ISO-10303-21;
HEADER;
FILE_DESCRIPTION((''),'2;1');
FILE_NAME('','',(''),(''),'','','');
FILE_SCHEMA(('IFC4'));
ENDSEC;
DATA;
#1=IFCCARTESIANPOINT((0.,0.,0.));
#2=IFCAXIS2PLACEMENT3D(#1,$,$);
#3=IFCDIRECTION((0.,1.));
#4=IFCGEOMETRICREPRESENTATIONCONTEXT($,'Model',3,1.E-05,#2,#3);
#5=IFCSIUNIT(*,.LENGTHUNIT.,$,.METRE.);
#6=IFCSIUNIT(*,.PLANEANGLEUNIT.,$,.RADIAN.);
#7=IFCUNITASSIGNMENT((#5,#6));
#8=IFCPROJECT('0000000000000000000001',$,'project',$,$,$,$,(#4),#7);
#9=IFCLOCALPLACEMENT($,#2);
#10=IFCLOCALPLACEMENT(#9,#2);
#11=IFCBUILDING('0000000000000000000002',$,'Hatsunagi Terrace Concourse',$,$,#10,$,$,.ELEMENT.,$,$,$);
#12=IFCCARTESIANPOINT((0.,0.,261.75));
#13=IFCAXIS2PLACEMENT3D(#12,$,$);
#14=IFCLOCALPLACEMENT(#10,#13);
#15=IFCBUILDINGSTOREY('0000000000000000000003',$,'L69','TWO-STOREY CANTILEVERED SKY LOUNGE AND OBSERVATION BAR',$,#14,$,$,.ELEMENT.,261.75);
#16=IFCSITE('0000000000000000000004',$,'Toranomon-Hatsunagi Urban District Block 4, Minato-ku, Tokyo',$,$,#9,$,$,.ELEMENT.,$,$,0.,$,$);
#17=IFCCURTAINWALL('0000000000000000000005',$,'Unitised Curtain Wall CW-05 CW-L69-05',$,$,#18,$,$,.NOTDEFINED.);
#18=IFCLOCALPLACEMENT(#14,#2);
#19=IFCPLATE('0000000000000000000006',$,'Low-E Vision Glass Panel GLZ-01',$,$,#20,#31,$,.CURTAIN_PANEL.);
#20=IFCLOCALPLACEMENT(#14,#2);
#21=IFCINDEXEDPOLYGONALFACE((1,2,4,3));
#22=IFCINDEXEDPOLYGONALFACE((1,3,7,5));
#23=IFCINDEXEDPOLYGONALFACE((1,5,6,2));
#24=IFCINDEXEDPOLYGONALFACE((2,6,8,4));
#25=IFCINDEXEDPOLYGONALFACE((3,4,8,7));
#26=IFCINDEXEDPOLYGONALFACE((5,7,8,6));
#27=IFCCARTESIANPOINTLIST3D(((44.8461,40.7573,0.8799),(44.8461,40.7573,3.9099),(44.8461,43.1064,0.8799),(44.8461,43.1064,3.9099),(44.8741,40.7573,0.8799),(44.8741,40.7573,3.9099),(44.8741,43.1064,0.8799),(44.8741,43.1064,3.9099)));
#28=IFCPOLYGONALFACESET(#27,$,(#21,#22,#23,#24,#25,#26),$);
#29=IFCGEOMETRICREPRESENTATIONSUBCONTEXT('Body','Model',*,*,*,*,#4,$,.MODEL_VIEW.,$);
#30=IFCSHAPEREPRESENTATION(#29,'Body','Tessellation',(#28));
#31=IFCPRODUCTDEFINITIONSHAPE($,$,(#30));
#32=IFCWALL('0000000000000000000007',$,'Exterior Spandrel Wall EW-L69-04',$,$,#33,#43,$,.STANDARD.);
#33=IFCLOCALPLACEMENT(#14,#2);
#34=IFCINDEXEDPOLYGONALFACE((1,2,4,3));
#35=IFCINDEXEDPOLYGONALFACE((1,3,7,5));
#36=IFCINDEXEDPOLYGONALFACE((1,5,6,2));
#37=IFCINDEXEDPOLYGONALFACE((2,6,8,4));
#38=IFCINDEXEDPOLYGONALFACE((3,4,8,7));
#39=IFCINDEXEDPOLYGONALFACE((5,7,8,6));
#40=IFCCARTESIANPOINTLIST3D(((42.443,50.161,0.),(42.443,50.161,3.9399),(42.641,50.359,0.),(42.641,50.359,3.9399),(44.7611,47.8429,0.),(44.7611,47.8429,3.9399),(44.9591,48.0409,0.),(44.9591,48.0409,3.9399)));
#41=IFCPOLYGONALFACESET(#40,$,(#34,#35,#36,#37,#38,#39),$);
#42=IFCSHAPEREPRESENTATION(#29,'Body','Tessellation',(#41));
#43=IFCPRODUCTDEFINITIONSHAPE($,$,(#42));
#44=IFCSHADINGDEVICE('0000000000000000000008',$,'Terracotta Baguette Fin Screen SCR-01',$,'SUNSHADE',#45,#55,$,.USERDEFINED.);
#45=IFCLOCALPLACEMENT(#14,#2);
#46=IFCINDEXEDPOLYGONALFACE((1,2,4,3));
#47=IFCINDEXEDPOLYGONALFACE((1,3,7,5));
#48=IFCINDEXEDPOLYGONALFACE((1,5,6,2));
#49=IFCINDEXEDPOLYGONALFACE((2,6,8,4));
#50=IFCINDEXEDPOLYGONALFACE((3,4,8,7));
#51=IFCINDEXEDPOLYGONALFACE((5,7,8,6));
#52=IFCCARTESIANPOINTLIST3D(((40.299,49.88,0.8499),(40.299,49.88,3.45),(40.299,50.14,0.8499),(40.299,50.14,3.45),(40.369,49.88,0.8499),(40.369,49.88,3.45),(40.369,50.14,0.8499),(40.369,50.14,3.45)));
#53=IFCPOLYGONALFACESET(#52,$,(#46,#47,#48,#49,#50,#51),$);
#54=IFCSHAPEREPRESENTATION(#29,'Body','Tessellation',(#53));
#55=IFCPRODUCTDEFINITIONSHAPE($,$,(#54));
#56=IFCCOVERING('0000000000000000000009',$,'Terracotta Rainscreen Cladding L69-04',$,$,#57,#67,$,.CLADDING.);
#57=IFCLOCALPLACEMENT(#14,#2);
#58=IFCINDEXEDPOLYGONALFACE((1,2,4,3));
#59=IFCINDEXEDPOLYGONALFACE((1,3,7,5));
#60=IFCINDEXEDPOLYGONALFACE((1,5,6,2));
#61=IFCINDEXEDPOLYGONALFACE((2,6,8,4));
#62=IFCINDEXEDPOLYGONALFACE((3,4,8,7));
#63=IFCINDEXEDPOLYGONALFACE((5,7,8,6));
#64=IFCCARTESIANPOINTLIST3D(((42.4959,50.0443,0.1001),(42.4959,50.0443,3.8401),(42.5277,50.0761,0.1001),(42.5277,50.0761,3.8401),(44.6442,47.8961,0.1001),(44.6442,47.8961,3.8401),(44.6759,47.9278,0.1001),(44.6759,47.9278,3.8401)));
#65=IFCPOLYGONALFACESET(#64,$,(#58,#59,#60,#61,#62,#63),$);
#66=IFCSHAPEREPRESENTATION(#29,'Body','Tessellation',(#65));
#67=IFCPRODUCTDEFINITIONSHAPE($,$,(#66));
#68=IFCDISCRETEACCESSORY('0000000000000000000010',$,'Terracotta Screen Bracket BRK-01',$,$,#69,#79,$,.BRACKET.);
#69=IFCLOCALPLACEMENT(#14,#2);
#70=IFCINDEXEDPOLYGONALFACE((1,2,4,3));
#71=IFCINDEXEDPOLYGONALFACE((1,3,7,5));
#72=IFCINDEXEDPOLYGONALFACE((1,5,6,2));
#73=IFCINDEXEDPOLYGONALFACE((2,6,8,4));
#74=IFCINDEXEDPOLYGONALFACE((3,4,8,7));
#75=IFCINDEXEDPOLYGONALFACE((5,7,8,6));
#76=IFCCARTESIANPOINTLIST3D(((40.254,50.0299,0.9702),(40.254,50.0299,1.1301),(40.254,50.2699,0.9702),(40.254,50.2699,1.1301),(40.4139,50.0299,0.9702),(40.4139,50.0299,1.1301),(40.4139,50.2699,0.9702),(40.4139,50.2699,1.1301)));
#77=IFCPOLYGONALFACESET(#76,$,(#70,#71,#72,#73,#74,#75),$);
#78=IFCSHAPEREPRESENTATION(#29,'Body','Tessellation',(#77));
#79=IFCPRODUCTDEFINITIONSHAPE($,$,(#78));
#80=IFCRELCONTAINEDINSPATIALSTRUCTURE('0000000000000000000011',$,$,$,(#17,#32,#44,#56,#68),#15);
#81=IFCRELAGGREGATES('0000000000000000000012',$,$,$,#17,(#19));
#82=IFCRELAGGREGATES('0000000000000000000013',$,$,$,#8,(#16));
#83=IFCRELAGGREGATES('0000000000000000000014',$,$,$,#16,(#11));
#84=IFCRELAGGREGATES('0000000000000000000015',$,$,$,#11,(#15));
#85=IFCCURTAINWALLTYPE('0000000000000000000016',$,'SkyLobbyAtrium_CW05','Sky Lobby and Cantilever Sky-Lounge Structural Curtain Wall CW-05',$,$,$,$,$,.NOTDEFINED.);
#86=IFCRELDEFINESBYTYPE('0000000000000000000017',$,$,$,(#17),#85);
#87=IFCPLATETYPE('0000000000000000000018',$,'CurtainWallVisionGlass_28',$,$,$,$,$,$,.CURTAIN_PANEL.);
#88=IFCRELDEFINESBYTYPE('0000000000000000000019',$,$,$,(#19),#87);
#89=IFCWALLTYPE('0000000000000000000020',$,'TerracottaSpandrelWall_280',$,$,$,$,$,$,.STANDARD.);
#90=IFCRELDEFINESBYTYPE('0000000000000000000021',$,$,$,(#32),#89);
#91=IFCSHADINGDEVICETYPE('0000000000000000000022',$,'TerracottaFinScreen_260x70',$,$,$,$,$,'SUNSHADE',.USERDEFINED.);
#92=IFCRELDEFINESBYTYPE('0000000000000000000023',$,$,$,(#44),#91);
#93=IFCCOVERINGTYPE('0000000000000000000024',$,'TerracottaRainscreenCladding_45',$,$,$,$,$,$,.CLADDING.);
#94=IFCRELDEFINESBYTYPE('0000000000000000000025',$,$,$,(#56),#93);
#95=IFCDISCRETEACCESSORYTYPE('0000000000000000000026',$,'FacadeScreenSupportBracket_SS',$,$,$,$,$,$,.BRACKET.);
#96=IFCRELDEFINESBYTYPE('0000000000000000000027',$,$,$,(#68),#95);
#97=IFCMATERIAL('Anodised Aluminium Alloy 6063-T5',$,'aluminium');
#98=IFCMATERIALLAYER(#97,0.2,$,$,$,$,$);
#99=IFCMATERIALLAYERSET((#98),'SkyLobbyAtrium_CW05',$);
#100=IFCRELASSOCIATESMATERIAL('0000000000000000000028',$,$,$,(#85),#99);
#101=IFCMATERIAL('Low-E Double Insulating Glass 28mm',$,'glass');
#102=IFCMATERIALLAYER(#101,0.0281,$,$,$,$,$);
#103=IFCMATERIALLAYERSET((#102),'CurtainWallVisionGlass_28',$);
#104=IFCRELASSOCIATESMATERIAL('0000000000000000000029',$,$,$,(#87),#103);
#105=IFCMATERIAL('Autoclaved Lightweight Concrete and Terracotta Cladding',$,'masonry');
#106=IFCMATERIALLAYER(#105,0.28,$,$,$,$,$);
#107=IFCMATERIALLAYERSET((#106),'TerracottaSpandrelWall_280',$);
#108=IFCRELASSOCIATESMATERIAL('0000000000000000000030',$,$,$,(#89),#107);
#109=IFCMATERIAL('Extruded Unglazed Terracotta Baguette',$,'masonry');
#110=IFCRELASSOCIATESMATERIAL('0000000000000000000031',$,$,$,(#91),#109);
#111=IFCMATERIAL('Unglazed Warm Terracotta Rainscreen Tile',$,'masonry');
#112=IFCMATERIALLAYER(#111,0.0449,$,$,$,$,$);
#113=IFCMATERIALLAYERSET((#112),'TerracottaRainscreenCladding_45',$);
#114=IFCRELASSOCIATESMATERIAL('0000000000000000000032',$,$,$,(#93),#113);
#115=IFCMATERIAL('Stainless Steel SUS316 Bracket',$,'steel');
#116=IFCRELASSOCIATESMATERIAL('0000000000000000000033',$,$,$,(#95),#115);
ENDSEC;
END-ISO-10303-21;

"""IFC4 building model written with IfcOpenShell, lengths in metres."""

from ifc_helpers import new_model, si_unit, direction, frame, frame_2d, origin, origin_2d, place, context, subcontext, project, spatial, rectangle, extrude, material, layer, layer_set, type_object, element, aggregate, save


model = new_model("IFC4")

# Units and contexts
model_context = context("Model", 3, precision=1e-05, world=origin(), true_north=direction((0.0, 1.0)))
body_context = subcontext(model_context, "Body", "Model", "MODEL_VIEW")
ifc_project = project(units=[si_unit("LENGTHUNIT", "METRE"), si_unit("PLANEANGLEUNIT", "RADIAN")], contexts=[model_context])

# Site, building, storey
site_placement = place(None, origin())
site = spatial("IfcSite", under=ifc_project, at=site_placement, Name="Toranomon-Hatsunagi Urban District Block 4, Minato-ku, Tokyo", CompositionType="ELEMENT", RefElevation=0.0)
building_placement = place(site_placement, origin())
building = spatial("IfcBuilding", under=site, at=building_placement, Name="Hatsunagi Terrace Concourse", CompositionType="ELEMENT")
storey_placement = place(building_placement, frame((0.0, 0.0, 261.75)))
storey = spatial("IfcBuildingStorey", under=building, at=storey_placement, Name="L69", Description="TWO-STOREY CANTILEVERED SKY LOUNGE AND OBSERVATION BAR", CompositionType="ELEMENT", Elevation=261.75)

# Curtain wall
ifc_material_1 = material(Name="Anodised Aluminium Alloy 6063-T5", Category="aluminium")
ifc_layer_1 = layer(ifc_material_1, 0.2)
ifc_layer_set_1 = layer_set([ifc_layer_1], Name="SkyLobbyAtrium_CW05")
curtain_wall_type = type_object("IfcCurtainWallType", Name="SkyLobbyAtrium_CW05", Description="Sky Lobby and Cantilever Sky-Lounge Structural Curtain Wall CW-05", PredefinedType="NOTDEFINED", material=ifc_layer_set_1)
curtain_wall_1_placement = place(storey_placement, origin())
curtain_wall_1 = element("IfcCurtainWall", 1, at=curtain_wall_1_placement, inside=storey, type_object=curtain_wall_type, Name="Unitised Curtain Wall CW-05 CW-L69-05", PredefinedType="NOTDEFINED")

# Plate
ifc_material_2 = material(Name="Low-E Double Insulating Glass 28mm", Category="glass")
ifc_layer_2 = layer(ifc_material_2, 0.0281)
ifc_layer_set_2 = layer_set([ifc_layer_2], Name="CurtainWallVisionGlass_28")
plate_type_1 = type_object("IfcPlateType", Name="CurtainWallVisionGlass_28", PredefinedType="CURTAIN_PANEL", material=ifc_layer_set_2)
plate_1_placement = place(storey_placement, frame((44.8601, 41.9319, 0.8799), z_axis=(0.0, 0.0, 1.0), x_axis=(0.0, -1.0, 0.0)))
plate_1 = element("IfcPlate", 2, at=plate_1_placement, type_object=plate_type_1, Name="Low-E Vision Glass Panel GLZ-01", PredefinedType="CURTAIN_PANEL", context=body_context, shape_type="SweptSolid", body=[
    extrude(rectangle(XDim=2.3491, YDim=0.0281, at=origin_2d()), origin(), (0.0, 0.0, 1.0), 3.03),
])
aggregate(curtain_wall_1, [plate_1])

# Wall
ifc_material_3 = material(Name="Autoclaved Lightweight Concrete and Terracotta Cladding", Category="masonry")
ifc_layer_3 = layer(ifc_material_3, 0.28)
ifc_layer_set_3 = layer_set([ifc_layer_3], Name="TerracottaSpandrelWall_280")
wall_type = type_object("IfcWallType", Name="TerracottaSpandrelWall_280", PredefinedType="STANDARD", material=ifc_layer_set_3)
wall_placement = place(storey_placement, frame((42.542, 50.26, 0.0), z_axis=(0.0, 0.0, 1.0), x_axis=(0.707107, -0.707107, 0.0)))
element("IfcWall", 3, at=wall_placement, inside=storey, type_object=wall_type, Name="Exterior Spandrel Wall EW-L69-04", PredefinedType="STANDARD", context=body_context, shape_type="SweptSolid", body=[
    extrude(rectangle(XDim=3.2783, YDim=0.28, at=frame_2d((1.6392, 0.0))), origin(), (0.0, 0.0, 1.0), 3.9399),
])

# Shading device
ifc_material_4 = material(Name="Extruded Unglazed Terracotta Baguette", Category="masonry")
shading_device_type = type_object("IfcShadingDeviceType", Name="TerracottaFinScreen_260x70", ElementType="SUNSHADE", PredefinedType="USERDEFINED", material=ifc_material_4)
shading_device_placement = place(storey_placement, frame((40.334, 50.01, 0.8499), z_axis=(0.0, 0.0, 1.0), x_axis=(1.0, 0.0, 0.0)))
element("IfcShadingDevice", 4, at=shading_device_placement, inside=storey, type_object=shading_device_type, Name="Terracotta Baguette Fin Screen SCR-01", ObjectType="SUNSHADE", PredefinedType="USERDEFINED", context=body_context, shape_type="SweptSolid", body=[
    extrude(rectangle(XDim=0.0701, YDim=0.26, at=origin_2d()), origin(), (0.0, 0.0, 1.0), 2.6001),
])

# Covering
ifc_material_5 = material(Name="Unglazed Warm Terracotta Rainscreen Tile", Category="masonry")
ifc_layer_4 = layer(ifc_material_5, 0.0449)
ifc_layer_set_4 = layer_set([ifc_layer_4], Name="TerracottaRainscreenCladding_45")
covering_type = type_object("IfcCoveringType", Name="TerracottaRainscreenCladding_45", PredefinedType="CLADDING", material=ifc_layer_set_4)
covering_placement = place(storey_placement, frame((43.5859, 48.9861, 0.1001), z_axis=(0.0, 0.0, 1.0), x_axis=(0.707107, -0.707107, 0.0)))
element("IfcCovering", 5, at=covering_placement, inside=storey, type_object=covering_type, Name="Terracotta Rainscreen Cladding L69-04", PredefinedType="CLADDING", context=body_context, shape_type="SweptSolid", body=[
    extrude(rectangle(XDim=3.0381, YDim=0.0449, at=origin_2d()), origin(), (0.0, 0.0, 1.0), 3.74),
])

# Discrete accessory
ifc_material_6 = material(Name="Stainless Steel SUS316 Bracket", Category="steel")
discrete_accessory_type = type_object("IfcDiscreteAccessoryType", Name="FacadeScreenSupportBracket_SS", PredefinedType="BRACKET", material=ifc_material_6)
discrete_accessory_placement = place(storey_placement, frame((40.334, 50.1499, 0.9702), z_axis=(0.0, 0.0, 1.0), x_axis=(1.0, 0.0, 0.0)))
element("IfcDiscreteAccessory", 6, at=discrete_accessory_placement, inside=storey, type_object=discrete_accessory_type, Name="Terracotta Screen Bracket BRK-01", PredefinedType="BRACKET", context=body_context, shape_type="SweptSolid", body=[
    extrude(rectangle(XDim=0.1599, YDim=0.24, at=origin_2d()), origin(), (0.0, 0.0, 1.0), 0.1599),
])

save(model, "model.ifc")
